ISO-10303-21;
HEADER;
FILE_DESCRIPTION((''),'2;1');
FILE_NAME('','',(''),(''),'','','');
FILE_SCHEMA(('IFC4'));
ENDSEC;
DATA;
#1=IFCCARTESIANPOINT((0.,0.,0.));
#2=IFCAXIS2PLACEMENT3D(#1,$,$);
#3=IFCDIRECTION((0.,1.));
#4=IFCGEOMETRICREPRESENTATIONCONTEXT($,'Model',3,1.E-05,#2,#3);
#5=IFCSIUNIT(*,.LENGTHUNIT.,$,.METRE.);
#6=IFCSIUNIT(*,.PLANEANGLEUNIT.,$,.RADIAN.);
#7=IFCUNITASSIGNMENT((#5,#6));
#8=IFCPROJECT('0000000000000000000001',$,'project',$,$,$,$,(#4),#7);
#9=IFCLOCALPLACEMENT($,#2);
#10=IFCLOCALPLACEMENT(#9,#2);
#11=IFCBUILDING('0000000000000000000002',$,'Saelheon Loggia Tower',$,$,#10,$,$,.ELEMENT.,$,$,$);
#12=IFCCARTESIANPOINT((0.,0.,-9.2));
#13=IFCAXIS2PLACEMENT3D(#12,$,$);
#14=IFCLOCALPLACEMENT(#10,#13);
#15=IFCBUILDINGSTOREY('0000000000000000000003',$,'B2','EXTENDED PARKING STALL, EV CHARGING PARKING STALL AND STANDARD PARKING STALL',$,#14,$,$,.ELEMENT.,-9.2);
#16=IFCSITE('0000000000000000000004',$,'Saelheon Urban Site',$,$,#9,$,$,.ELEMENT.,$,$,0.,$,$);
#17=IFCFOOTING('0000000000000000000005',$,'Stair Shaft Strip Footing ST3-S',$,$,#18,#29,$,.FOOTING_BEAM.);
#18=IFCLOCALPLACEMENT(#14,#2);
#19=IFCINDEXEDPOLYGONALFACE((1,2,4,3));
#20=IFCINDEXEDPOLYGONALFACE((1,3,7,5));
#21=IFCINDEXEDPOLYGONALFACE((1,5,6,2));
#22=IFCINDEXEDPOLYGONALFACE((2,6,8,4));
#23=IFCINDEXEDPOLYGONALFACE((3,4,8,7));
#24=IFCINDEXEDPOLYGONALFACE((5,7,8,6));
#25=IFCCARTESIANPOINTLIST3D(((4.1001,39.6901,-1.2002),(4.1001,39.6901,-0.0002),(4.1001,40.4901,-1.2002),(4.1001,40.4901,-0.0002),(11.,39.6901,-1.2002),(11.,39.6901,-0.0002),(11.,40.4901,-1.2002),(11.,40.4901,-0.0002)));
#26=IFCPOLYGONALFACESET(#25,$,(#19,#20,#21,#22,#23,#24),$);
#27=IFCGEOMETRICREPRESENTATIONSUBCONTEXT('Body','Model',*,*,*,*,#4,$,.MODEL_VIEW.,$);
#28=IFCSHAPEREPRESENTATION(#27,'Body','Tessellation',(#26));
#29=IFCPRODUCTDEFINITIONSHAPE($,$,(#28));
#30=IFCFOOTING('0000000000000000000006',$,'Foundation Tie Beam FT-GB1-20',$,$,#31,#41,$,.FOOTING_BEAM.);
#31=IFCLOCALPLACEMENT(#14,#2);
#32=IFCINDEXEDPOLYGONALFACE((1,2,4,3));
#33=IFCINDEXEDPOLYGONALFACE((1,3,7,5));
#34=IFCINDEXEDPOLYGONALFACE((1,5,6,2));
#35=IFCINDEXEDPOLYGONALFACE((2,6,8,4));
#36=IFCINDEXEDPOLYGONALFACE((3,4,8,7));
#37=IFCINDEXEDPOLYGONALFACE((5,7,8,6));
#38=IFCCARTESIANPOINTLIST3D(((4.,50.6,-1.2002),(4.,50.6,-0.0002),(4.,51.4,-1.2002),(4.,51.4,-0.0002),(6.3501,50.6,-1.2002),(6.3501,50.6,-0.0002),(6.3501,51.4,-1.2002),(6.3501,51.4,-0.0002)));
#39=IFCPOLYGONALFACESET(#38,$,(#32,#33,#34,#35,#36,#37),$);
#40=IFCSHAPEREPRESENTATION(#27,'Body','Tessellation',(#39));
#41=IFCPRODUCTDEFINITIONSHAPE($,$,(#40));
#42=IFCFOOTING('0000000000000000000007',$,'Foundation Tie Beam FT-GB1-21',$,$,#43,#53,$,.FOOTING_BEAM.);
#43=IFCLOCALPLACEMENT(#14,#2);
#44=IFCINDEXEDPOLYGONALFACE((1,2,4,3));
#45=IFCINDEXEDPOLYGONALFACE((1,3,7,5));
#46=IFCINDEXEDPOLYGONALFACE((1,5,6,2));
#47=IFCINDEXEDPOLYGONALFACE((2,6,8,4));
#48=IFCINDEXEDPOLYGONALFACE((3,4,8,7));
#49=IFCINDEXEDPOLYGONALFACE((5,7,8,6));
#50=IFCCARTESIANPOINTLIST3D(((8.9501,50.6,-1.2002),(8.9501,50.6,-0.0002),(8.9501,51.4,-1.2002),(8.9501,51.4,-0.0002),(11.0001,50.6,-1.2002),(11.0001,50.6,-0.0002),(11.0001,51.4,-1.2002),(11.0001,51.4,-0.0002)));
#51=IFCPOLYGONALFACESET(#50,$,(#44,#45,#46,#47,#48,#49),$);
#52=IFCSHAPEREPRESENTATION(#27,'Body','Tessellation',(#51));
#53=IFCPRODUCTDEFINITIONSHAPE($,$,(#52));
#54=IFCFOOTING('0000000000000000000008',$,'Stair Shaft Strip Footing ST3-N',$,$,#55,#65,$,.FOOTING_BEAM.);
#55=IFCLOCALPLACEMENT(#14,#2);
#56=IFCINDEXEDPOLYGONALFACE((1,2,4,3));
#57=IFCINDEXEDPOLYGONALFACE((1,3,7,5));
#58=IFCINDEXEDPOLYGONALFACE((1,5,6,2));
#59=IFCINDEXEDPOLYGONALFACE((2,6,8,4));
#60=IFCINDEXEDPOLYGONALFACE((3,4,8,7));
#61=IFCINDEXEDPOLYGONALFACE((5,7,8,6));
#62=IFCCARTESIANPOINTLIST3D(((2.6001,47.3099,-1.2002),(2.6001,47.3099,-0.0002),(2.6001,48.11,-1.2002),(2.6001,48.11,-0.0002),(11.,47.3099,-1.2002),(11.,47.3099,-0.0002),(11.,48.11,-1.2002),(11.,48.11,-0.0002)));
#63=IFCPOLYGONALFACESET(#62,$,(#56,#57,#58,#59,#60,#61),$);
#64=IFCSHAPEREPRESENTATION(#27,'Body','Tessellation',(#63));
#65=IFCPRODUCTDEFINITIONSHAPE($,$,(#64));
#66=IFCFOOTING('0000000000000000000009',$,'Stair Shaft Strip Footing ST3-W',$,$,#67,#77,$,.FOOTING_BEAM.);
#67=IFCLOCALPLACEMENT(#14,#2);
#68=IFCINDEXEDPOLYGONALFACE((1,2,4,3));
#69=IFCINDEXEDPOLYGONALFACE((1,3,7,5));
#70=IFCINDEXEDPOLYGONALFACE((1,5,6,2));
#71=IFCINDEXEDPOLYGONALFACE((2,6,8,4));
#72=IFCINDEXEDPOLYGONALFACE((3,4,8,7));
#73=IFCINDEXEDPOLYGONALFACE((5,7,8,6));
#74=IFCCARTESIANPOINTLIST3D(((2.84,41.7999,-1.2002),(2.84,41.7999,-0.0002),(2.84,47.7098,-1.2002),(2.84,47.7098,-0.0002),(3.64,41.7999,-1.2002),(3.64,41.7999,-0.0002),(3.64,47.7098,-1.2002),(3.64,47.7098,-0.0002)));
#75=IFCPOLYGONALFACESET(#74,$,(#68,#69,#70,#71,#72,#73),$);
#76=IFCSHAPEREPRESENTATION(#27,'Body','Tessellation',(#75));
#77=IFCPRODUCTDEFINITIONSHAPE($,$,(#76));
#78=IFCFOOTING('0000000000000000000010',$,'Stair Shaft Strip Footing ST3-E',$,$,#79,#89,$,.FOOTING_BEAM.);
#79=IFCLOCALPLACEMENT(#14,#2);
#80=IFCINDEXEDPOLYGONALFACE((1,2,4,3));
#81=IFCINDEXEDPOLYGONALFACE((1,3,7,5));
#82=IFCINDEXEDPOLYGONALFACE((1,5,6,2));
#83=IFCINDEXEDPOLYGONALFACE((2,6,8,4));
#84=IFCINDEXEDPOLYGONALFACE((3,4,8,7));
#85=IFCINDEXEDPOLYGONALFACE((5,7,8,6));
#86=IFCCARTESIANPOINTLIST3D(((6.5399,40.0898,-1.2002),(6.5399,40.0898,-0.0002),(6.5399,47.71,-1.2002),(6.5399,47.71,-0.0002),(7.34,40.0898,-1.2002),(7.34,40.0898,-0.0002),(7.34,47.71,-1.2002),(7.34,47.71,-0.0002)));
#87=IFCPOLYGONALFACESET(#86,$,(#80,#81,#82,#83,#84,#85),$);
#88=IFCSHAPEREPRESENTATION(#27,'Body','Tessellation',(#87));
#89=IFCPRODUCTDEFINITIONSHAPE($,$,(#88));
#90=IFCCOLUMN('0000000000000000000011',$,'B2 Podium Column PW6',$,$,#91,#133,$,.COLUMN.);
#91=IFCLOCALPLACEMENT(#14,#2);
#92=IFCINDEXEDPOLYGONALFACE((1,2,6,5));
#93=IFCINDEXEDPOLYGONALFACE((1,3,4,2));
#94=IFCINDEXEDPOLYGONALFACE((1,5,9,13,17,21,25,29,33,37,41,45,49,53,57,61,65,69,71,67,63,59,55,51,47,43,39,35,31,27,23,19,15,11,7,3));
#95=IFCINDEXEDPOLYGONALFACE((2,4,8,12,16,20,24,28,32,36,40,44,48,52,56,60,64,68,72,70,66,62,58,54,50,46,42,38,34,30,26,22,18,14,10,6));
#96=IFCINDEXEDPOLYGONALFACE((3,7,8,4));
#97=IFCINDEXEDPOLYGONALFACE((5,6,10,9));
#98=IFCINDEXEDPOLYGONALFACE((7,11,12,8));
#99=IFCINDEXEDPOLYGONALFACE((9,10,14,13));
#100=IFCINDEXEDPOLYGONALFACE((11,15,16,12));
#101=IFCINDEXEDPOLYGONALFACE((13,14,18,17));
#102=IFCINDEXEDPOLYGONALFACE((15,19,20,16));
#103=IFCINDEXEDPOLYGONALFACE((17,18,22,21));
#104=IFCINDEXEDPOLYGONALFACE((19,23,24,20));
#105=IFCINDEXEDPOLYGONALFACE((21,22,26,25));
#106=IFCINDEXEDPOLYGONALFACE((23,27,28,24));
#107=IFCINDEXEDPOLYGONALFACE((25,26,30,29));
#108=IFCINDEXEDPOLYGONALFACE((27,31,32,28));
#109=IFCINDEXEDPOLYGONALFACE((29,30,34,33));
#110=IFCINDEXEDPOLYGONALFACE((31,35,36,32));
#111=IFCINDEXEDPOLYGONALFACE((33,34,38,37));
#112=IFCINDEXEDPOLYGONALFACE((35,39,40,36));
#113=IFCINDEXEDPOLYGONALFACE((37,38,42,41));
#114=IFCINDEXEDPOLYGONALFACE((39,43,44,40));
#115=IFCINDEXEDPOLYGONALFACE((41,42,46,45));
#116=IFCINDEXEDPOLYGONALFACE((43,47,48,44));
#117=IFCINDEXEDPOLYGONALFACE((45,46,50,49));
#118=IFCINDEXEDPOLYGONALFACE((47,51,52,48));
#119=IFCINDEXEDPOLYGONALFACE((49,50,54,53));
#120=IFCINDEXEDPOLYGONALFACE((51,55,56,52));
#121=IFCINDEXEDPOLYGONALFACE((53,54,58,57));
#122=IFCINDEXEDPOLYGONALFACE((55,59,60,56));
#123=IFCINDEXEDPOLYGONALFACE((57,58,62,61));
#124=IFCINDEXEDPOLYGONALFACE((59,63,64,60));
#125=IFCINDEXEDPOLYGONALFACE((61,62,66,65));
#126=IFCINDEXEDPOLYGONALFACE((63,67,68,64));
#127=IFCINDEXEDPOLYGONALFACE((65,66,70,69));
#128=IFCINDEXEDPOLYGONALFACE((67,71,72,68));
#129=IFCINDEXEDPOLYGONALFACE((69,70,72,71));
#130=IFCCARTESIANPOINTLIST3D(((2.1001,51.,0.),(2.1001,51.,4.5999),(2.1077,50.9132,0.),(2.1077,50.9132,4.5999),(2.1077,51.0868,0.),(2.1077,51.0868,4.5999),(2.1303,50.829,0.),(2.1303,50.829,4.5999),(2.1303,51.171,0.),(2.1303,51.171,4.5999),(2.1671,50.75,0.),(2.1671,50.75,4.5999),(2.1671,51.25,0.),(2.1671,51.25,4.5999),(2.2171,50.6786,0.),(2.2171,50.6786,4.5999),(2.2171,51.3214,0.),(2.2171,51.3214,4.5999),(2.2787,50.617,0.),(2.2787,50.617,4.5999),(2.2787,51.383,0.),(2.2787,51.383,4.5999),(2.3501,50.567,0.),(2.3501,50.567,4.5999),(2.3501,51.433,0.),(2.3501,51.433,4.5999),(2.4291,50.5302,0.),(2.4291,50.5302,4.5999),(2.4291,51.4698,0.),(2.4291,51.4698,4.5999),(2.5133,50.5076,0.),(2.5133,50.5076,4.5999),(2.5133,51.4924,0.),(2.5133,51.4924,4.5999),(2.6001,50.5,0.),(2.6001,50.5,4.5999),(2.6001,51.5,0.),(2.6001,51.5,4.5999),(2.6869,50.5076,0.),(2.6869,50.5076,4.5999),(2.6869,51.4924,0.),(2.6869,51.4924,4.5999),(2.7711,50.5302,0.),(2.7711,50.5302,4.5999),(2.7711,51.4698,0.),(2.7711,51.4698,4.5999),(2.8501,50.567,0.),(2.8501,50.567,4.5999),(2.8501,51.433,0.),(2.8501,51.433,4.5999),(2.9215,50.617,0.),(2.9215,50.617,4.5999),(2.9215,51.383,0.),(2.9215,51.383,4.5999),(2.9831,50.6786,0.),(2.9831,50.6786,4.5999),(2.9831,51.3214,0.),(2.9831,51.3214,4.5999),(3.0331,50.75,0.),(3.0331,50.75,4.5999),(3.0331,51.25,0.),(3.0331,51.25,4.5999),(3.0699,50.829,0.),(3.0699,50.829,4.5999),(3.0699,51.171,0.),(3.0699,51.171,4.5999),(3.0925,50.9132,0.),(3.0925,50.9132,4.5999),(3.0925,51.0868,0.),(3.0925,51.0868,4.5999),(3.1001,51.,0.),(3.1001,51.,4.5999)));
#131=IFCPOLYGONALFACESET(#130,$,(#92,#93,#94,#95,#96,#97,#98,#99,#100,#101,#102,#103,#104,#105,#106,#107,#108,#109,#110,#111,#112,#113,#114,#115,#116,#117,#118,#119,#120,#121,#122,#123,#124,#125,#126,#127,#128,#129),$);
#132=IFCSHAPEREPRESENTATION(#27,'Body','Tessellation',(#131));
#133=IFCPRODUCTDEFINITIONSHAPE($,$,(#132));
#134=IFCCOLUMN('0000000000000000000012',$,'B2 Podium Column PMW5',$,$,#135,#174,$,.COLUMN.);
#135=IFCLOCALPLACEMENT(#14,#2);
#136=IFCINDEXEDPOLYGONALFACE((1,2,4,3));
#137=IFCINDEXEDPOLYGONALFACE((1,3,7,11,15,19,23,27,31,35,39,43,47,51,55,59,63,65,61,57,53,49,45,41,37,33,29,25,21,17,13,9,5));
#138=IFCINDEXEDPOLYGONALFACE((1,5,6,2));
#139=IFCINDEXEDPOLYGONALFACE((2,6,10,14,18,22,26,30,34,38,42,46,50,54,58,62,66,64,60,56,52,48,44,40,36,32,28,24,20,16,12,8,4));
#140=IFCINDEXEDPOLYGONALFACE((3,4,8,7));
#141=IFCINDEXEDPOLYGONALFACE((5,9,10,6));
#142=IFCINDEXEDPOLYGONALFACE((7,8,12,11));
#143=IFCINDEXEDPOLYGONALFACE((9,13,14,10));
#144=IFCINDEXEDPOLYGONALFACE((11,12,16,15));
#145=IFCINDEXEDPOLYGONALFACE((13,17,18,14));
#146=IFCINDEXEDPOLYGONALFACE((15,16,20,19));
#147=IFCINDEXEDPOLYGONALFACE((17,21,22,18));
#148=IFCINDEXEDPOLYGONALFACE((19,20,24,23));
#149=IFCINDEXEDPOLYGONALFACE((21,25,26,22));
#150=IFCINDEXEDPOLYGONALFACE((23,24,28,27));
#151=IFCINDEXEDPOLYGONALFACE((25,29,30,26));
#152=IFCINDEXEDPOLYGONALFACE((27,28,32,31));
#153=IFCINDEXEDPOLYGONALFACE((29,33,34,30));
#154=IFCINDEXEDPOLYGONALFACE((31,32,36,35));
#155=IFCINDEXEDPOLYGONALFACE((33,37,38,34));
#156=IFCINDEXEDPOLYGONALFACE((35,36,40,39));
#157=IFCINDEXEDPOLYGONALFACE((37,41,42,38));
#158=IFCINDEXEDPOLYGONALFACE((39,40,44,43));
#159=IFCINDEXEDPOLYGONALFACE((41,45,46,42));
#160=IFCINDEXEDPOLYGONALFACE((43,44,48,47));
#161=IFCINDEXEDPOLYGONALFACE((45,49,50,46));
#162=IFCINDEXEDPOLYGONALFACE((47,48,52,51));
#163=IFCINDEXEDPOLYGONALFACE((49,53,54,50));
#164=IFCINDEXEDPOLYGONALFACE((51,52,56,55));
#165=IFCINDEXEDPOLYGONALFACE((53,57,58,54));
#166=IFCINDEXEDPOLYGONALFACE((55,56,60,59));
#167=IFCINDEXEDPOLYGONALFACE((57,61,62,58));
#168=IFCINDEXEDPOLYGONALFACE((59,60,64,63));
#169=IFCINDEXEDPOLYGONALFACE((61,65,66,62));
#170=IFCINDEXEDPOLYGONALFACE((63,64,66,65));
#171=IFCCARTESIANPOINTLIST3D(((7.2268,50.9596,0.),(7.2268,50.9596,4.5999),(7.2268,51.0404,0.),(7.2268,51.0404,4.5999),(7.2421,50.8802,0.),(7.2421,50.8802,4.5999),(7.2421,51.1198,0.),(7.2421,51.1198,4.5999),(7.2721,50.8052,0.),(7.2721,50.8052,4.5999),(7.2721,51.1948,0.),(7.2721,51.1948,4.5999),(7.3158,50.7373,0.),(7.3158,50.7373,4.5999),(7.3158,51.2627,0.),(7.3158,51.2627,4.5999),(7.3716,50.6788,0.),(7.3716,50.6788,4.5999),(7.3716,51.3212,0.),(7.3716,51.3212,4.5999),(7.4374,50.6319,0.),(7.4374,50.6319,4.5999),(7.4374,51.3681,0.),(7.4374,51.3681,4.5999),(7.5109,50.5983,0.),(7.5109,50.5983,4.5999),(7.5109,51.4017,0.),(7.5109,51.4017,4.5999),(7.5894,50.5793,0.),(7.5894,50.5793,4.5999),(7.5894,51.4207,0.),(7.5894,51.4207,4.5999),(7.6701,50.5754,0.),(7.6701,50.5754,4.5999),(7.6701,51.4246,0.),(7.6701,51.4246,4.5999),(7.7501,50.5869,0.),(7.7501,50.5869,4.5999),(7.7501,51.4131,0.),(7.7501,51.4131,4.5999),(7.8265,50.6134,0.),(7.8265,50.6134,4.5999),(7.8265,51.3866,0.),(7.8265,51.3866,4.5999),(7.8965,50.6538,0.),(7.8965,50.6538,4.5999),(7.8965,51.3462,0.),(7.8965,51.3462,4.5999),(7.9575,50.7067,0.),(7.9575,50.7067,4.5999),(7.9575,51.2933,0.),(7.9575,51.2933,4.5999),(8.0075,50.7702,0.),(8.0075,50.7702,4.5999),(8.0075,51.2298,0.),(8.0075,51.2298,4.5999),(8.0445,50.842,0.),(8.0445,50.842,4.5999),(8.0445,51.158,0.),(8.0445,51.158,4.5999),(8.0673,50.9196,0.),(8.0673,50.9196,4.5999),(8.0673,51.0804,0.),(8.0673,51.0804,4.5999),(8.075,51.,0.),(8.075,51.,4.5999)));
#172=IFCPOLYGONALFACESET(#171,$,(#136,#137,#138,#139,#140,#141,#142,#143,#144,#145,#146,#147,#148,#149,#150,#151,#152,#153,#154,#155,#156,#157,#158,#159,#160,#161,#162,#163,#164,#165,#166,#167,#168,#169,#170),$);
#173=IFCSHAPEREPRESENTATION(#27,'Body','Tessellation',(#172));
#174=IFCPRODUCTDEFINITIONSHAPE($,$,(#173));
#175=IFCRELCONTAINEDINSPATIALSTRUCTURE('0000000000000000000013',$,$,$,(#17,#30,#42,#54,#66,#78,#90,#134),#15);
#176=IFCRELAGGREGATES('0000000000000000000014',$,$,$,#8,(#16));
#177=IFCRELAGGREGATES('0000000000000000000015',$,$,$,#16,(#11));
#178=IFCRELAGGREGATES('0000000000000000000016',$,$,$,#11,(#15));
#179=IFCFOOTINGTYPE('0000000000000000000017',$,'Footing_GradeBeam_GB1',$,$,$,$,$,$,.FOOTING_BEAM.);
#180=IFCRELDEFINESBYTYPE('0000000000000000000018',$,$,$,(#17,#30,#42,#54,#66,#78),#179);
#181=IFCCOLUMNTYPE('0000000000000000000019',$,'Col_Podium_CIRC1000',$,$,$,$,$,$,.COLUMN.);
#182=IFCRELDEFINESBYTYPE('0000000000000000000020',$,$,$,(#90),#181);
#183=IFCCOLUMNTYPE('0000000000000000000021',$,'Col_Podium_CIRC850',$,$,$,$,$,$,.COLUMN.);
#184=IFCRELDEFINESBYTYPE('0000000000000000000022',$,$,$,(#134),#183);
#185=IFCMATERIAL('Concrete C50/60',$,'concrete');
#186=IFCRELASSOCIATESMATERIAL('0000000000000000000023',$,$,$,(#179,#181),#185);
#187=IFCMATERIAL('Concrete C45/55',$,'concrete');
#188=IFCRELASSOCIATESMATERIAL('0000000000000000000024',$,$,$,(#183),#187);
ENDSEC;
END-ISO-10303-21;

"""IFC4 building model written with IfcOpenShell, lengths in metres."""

from ifc_helpers import new_model, si_unit, direction, frame, origin, origin_2d, place, context, subcontext, project, spatial, rectangle, circle, extrude, source, transform, mapped, material, material_profile, profile_set, type_object, element, save


model = new_model("IFC4")

# Units and contexts
model_context = context("Model", 3, precision=1e-05, world=origin(), true_north=direction((0.0, 1.0)))
body_context = subcontext(model_context, "Body", "Model", "MODEL_VIEW")
ifc_project = project(units=[si_unit("LENGTHUNIT", "METRE"), si_unit("PLANEANGLEUNIT", "RADIAN")], contexts=[model_context])

# Site, building, storey
site_placement = place(None, origin())
site = spatial("IfcSite", under=ifc_project, at=site_placement, Name="Saelheon Urban Site", CompositionType="ELEMENT", RefElevation=0.0)
building_placement = place(site_placement, origin())
building = spatial("IfcBuilding", under=site, at=building_placement, Name="Saelheon Loggia Tower", CompositionType="ELEMENT")
storey_placement = place(building_placement, frame((0.0, 0.0, -9.2)))
storey = spatial("IfcBuildingStorey", under=building, at=storey_placement, Name="B2", Description="EXTENDED PARKING STALL, EV CHARGING PARKING STALL AND STANDARD PARKING STALL", CompositionType="ELEMENT", Elevation=-9.2)

# Shared definitions
ifc_material_1 = material(Name="Concrete C50/60", Category="concrete")

# Footings
footing_type_1 = type_object("IfcFootingType", Name="Footing_GradeBeam_GB1", PredefinedType="FOOTING_BEAM", material=ifc_material_1)
shared_shape_1 = source(origin(), body_context, "Body", "SweptSolid", [
    extrude(rectangle(XDim=6.8999, YDim=0.8, at=origin_2d()), origin(), (0.0, 0.0, 1.0), 1.2),
])
footing_1_placement = place(storey_placement, frame((7.55, 40.0901, -1.2002), z_axis=(0.0, 0.0, 1.0), x_axis=(1.0, 0.0, 0.0)))
element("IfcFooting", 1, at=footing_1_placement, inside=storey, type_object=footing_type_1, Name="Stair Shaft Strip Footing ST3-S", PredefinedType="FOOTING_BEAM", context=body_context, shape_type="MappedRepresentation", body=[
    mapped(shared_shape_1, transform((0.0, 0.0, 0.0), scale=1.0)),
])
shared_shape_2 = source(origin(), body_context, "Body", "SweptSolid", [
    extrude(rectangle(XDim=2.3501, YDim=0.8, at=origin_2d()), origin(), (0.0, 0.0, 1.0), 1.2),
])
footing_2_placement = place(storey_placement, frame((5.175, 51.0, -1.2002), z_axis=(0.0, 0.0, 1.0), x_axis=(1.0, 0.0, 0.0)))
element("IfcFooting", 2, at=footing_2_placement, inside=storey, type_object=footing_type_1, Name="Foundation Tie Beam FT-GB1-20", PredefinedType="FOOTING_BEAM", context=body_context, shape_type="MappedRepresentation", body=[
    mapped(shared_shape_2, transform((0.0, 0.0, 0.0), scale=1.0)),
])
shared_shape_3 = source(origin(), body_context, "Body", "SweptSolid", [
    extrude(rectangle(XDim=2.05, YDim=0.8, at=origin_2d()), origin(), (0.0, 0.0, 1.0), 1.2),
])
footing_3_placement = place(storey_placement, frame((9.9751, 51.0, -1.2002), z_axis=(0.0, 0.0, 1.0), x_axis=(1.0, 0.0, 0.0)))
element("IfcFooting", 3, at=footing_3_placement, inside=storey, type_object=footing_type_1, Name="Foundation Tie Beam FT-GB1-21", PredefinedType="FOOTING_BEAM", context=body_context, shape_type="MappedRepresentation", body=[
    mapped(shared_shape_3, transform((0.0, 0.0, 0.0), scale=1.0)),
])
shared_shape_4 = source(origin(), body_context, "Body", "SweptSolid", [
    extrude(rectangle(XDim=8.3999, YDim=0.8, at=origin_2d()), origin(), (0.0, 0.0, 1.0), 1.2),
])
footing_4_placement = place(storey_placement, frame((6.8, 47.71, -1.2002), z_axis=(0.0, 0.0, 1.0), x_axis=(1.0, 0.0, 0.0)))
element("IfcFooting", 4, at=footing_4_placement, inside=storey, type_object=footing_type_1, Name="Stair Shaft Strip Footing ST3-N", PredefinedType="FOOTING_BEAM", context=body_context, shape_type="MappedRepresentation", body=[
    mapped(shared_shape_4, transform((0.0, 0.0, 0.0), scale=1.0)),
])
shared_shape_5 = source(origin(), body_context, "Body", "SweptSolid", [
    extrude(rectangle(XDim=0.8, YDim=5.9099, at=origin_2d()), origin(), (0.0, 0.0, 1.0), 1.2),
])
footing_5_placement = place(storey_placement, frame((3.24, 44.7549, -1.2002), z_axis=(0.0, 0.0, 1.0), x_axis=(1.0, 0.0, 0.0)))
element("IfcFooting", 5, at=footing_5_placement, inside=storey, type_object=footing_type_1, Name="Stair Shaft Strip Footing ST3-W", PredefinedType="FOOTING_BEAM", context=body_context, shape_type="MappedRepresentation", body=[
    mapped(shared_shape_5, transform((0.0, 0.0, 0.0), scale=1.0)),
])
shared_shape_6 = source(origin(), body_context, "Body", "SweptSolid", [
    extrude(rectangle(XDim=0.8, YDim=7.6201, at=origin_2d()), origin(), (0.0, 0.0, 1.0), 1.2),
])
footing_6_placement = place(storey_placement, frame((6.9399, 43.8999, -1.2002), z_axis=(0.0, 0.0, 1.0), x_axis=(1.0, 0.0, 0.0)))
element("IfcFooting", 6, at=footing_6_placement, inside=storey, type_object=footing_type_1, Name="Stair Shaft Strip Footing ST3-E", PredefinedType="FOOTING_BEAM", context=body_context, shape_type="MappedRepresentation", body=[
    mapped(shared_shape_6, transform((0.0, 0.0, 0.0), scale=1.0)),
])

# Columns
ifc_material_profile_1 = material_profile(ifc_material_1, circle(Radius=0.5, at=origin_2d()), Name="CIRC-1000")
ifc_profile_set_1 = profile_set([ifc_material_profile_1], Name="Concrete C50/60")
column_type_1 = type_object("IfcColumnType", Name="Col_Podium_CIRC1000", PredefinedType="COLUMN", material=ifc_profile_set_1)
shared_shape_7 = source(origin(), body_context, "Body", "SweptSolid", [
    extrude(circle(Radius=0.5, at=origin_2d()), origin(), (0.0, 0.0, 1.0), 4.5999),
])
column_1_placement = place(storey_placement, frame((2.6001, 51.0, 0.0), z_axis=(0.0, 0.0, 1.0), x_axis=(1.0, 0.0, 0.0)))
element("IfcColumn", 7, at=column_1_placement, inside=storey, type_object=column_type_1, Name="B2 Podium Column PW6", PredefinedType="COLUMN", context=body_context, shape_type="MappedRepresentation", body=[
    mapped(shared_shape_7, transform((0.0, 0.0, 0.0), scale=1.0)),
])
ifc_material_2 = material(Name="Concrete C45/55", Category="concrete")
ifc_material_profile_2 = material_profile(ifc_material_2, circle(Radius=0.425, at=origin_2d()), Name="CIRC-850")
ifc_profile_set_2 = profile_set([ifc_material_profile_2], Name="Concrete C45/55")
column_type_2 = type_object("IfcColumnType", Name="Col_Podium_CIRC850", PredefinedType="COLUMN", material=ifc_profile_set_2)
shared_shape_8 = source(origin(), body_context, "Body", "SweptSolid", [
    extrude(circle(Radius=0.425, at=origin_2d()), origin(), (0.0, 0.0, 1.0), 4.5999),
])
column_2_placement = place(storey_placement, frame((7.6499, 51.0, 0.0), z_axis=(0.0, 0.0, 1.0), x_axis=(1.0, 0.0, 0.0)))
element("IfcColumn", 8, at=column_2_placement, inside=storey, type_object=column_type_2, Name="B2 Podium Column PMW5", PredefinedType="COLUMN", context=body_context, shape_type="MappedRepresentation", body=[
    mapped(shared_shape_8, transform((0.0, 0.0, 0.0), scale=1.0)),
])

save(model, "model.ifc")
